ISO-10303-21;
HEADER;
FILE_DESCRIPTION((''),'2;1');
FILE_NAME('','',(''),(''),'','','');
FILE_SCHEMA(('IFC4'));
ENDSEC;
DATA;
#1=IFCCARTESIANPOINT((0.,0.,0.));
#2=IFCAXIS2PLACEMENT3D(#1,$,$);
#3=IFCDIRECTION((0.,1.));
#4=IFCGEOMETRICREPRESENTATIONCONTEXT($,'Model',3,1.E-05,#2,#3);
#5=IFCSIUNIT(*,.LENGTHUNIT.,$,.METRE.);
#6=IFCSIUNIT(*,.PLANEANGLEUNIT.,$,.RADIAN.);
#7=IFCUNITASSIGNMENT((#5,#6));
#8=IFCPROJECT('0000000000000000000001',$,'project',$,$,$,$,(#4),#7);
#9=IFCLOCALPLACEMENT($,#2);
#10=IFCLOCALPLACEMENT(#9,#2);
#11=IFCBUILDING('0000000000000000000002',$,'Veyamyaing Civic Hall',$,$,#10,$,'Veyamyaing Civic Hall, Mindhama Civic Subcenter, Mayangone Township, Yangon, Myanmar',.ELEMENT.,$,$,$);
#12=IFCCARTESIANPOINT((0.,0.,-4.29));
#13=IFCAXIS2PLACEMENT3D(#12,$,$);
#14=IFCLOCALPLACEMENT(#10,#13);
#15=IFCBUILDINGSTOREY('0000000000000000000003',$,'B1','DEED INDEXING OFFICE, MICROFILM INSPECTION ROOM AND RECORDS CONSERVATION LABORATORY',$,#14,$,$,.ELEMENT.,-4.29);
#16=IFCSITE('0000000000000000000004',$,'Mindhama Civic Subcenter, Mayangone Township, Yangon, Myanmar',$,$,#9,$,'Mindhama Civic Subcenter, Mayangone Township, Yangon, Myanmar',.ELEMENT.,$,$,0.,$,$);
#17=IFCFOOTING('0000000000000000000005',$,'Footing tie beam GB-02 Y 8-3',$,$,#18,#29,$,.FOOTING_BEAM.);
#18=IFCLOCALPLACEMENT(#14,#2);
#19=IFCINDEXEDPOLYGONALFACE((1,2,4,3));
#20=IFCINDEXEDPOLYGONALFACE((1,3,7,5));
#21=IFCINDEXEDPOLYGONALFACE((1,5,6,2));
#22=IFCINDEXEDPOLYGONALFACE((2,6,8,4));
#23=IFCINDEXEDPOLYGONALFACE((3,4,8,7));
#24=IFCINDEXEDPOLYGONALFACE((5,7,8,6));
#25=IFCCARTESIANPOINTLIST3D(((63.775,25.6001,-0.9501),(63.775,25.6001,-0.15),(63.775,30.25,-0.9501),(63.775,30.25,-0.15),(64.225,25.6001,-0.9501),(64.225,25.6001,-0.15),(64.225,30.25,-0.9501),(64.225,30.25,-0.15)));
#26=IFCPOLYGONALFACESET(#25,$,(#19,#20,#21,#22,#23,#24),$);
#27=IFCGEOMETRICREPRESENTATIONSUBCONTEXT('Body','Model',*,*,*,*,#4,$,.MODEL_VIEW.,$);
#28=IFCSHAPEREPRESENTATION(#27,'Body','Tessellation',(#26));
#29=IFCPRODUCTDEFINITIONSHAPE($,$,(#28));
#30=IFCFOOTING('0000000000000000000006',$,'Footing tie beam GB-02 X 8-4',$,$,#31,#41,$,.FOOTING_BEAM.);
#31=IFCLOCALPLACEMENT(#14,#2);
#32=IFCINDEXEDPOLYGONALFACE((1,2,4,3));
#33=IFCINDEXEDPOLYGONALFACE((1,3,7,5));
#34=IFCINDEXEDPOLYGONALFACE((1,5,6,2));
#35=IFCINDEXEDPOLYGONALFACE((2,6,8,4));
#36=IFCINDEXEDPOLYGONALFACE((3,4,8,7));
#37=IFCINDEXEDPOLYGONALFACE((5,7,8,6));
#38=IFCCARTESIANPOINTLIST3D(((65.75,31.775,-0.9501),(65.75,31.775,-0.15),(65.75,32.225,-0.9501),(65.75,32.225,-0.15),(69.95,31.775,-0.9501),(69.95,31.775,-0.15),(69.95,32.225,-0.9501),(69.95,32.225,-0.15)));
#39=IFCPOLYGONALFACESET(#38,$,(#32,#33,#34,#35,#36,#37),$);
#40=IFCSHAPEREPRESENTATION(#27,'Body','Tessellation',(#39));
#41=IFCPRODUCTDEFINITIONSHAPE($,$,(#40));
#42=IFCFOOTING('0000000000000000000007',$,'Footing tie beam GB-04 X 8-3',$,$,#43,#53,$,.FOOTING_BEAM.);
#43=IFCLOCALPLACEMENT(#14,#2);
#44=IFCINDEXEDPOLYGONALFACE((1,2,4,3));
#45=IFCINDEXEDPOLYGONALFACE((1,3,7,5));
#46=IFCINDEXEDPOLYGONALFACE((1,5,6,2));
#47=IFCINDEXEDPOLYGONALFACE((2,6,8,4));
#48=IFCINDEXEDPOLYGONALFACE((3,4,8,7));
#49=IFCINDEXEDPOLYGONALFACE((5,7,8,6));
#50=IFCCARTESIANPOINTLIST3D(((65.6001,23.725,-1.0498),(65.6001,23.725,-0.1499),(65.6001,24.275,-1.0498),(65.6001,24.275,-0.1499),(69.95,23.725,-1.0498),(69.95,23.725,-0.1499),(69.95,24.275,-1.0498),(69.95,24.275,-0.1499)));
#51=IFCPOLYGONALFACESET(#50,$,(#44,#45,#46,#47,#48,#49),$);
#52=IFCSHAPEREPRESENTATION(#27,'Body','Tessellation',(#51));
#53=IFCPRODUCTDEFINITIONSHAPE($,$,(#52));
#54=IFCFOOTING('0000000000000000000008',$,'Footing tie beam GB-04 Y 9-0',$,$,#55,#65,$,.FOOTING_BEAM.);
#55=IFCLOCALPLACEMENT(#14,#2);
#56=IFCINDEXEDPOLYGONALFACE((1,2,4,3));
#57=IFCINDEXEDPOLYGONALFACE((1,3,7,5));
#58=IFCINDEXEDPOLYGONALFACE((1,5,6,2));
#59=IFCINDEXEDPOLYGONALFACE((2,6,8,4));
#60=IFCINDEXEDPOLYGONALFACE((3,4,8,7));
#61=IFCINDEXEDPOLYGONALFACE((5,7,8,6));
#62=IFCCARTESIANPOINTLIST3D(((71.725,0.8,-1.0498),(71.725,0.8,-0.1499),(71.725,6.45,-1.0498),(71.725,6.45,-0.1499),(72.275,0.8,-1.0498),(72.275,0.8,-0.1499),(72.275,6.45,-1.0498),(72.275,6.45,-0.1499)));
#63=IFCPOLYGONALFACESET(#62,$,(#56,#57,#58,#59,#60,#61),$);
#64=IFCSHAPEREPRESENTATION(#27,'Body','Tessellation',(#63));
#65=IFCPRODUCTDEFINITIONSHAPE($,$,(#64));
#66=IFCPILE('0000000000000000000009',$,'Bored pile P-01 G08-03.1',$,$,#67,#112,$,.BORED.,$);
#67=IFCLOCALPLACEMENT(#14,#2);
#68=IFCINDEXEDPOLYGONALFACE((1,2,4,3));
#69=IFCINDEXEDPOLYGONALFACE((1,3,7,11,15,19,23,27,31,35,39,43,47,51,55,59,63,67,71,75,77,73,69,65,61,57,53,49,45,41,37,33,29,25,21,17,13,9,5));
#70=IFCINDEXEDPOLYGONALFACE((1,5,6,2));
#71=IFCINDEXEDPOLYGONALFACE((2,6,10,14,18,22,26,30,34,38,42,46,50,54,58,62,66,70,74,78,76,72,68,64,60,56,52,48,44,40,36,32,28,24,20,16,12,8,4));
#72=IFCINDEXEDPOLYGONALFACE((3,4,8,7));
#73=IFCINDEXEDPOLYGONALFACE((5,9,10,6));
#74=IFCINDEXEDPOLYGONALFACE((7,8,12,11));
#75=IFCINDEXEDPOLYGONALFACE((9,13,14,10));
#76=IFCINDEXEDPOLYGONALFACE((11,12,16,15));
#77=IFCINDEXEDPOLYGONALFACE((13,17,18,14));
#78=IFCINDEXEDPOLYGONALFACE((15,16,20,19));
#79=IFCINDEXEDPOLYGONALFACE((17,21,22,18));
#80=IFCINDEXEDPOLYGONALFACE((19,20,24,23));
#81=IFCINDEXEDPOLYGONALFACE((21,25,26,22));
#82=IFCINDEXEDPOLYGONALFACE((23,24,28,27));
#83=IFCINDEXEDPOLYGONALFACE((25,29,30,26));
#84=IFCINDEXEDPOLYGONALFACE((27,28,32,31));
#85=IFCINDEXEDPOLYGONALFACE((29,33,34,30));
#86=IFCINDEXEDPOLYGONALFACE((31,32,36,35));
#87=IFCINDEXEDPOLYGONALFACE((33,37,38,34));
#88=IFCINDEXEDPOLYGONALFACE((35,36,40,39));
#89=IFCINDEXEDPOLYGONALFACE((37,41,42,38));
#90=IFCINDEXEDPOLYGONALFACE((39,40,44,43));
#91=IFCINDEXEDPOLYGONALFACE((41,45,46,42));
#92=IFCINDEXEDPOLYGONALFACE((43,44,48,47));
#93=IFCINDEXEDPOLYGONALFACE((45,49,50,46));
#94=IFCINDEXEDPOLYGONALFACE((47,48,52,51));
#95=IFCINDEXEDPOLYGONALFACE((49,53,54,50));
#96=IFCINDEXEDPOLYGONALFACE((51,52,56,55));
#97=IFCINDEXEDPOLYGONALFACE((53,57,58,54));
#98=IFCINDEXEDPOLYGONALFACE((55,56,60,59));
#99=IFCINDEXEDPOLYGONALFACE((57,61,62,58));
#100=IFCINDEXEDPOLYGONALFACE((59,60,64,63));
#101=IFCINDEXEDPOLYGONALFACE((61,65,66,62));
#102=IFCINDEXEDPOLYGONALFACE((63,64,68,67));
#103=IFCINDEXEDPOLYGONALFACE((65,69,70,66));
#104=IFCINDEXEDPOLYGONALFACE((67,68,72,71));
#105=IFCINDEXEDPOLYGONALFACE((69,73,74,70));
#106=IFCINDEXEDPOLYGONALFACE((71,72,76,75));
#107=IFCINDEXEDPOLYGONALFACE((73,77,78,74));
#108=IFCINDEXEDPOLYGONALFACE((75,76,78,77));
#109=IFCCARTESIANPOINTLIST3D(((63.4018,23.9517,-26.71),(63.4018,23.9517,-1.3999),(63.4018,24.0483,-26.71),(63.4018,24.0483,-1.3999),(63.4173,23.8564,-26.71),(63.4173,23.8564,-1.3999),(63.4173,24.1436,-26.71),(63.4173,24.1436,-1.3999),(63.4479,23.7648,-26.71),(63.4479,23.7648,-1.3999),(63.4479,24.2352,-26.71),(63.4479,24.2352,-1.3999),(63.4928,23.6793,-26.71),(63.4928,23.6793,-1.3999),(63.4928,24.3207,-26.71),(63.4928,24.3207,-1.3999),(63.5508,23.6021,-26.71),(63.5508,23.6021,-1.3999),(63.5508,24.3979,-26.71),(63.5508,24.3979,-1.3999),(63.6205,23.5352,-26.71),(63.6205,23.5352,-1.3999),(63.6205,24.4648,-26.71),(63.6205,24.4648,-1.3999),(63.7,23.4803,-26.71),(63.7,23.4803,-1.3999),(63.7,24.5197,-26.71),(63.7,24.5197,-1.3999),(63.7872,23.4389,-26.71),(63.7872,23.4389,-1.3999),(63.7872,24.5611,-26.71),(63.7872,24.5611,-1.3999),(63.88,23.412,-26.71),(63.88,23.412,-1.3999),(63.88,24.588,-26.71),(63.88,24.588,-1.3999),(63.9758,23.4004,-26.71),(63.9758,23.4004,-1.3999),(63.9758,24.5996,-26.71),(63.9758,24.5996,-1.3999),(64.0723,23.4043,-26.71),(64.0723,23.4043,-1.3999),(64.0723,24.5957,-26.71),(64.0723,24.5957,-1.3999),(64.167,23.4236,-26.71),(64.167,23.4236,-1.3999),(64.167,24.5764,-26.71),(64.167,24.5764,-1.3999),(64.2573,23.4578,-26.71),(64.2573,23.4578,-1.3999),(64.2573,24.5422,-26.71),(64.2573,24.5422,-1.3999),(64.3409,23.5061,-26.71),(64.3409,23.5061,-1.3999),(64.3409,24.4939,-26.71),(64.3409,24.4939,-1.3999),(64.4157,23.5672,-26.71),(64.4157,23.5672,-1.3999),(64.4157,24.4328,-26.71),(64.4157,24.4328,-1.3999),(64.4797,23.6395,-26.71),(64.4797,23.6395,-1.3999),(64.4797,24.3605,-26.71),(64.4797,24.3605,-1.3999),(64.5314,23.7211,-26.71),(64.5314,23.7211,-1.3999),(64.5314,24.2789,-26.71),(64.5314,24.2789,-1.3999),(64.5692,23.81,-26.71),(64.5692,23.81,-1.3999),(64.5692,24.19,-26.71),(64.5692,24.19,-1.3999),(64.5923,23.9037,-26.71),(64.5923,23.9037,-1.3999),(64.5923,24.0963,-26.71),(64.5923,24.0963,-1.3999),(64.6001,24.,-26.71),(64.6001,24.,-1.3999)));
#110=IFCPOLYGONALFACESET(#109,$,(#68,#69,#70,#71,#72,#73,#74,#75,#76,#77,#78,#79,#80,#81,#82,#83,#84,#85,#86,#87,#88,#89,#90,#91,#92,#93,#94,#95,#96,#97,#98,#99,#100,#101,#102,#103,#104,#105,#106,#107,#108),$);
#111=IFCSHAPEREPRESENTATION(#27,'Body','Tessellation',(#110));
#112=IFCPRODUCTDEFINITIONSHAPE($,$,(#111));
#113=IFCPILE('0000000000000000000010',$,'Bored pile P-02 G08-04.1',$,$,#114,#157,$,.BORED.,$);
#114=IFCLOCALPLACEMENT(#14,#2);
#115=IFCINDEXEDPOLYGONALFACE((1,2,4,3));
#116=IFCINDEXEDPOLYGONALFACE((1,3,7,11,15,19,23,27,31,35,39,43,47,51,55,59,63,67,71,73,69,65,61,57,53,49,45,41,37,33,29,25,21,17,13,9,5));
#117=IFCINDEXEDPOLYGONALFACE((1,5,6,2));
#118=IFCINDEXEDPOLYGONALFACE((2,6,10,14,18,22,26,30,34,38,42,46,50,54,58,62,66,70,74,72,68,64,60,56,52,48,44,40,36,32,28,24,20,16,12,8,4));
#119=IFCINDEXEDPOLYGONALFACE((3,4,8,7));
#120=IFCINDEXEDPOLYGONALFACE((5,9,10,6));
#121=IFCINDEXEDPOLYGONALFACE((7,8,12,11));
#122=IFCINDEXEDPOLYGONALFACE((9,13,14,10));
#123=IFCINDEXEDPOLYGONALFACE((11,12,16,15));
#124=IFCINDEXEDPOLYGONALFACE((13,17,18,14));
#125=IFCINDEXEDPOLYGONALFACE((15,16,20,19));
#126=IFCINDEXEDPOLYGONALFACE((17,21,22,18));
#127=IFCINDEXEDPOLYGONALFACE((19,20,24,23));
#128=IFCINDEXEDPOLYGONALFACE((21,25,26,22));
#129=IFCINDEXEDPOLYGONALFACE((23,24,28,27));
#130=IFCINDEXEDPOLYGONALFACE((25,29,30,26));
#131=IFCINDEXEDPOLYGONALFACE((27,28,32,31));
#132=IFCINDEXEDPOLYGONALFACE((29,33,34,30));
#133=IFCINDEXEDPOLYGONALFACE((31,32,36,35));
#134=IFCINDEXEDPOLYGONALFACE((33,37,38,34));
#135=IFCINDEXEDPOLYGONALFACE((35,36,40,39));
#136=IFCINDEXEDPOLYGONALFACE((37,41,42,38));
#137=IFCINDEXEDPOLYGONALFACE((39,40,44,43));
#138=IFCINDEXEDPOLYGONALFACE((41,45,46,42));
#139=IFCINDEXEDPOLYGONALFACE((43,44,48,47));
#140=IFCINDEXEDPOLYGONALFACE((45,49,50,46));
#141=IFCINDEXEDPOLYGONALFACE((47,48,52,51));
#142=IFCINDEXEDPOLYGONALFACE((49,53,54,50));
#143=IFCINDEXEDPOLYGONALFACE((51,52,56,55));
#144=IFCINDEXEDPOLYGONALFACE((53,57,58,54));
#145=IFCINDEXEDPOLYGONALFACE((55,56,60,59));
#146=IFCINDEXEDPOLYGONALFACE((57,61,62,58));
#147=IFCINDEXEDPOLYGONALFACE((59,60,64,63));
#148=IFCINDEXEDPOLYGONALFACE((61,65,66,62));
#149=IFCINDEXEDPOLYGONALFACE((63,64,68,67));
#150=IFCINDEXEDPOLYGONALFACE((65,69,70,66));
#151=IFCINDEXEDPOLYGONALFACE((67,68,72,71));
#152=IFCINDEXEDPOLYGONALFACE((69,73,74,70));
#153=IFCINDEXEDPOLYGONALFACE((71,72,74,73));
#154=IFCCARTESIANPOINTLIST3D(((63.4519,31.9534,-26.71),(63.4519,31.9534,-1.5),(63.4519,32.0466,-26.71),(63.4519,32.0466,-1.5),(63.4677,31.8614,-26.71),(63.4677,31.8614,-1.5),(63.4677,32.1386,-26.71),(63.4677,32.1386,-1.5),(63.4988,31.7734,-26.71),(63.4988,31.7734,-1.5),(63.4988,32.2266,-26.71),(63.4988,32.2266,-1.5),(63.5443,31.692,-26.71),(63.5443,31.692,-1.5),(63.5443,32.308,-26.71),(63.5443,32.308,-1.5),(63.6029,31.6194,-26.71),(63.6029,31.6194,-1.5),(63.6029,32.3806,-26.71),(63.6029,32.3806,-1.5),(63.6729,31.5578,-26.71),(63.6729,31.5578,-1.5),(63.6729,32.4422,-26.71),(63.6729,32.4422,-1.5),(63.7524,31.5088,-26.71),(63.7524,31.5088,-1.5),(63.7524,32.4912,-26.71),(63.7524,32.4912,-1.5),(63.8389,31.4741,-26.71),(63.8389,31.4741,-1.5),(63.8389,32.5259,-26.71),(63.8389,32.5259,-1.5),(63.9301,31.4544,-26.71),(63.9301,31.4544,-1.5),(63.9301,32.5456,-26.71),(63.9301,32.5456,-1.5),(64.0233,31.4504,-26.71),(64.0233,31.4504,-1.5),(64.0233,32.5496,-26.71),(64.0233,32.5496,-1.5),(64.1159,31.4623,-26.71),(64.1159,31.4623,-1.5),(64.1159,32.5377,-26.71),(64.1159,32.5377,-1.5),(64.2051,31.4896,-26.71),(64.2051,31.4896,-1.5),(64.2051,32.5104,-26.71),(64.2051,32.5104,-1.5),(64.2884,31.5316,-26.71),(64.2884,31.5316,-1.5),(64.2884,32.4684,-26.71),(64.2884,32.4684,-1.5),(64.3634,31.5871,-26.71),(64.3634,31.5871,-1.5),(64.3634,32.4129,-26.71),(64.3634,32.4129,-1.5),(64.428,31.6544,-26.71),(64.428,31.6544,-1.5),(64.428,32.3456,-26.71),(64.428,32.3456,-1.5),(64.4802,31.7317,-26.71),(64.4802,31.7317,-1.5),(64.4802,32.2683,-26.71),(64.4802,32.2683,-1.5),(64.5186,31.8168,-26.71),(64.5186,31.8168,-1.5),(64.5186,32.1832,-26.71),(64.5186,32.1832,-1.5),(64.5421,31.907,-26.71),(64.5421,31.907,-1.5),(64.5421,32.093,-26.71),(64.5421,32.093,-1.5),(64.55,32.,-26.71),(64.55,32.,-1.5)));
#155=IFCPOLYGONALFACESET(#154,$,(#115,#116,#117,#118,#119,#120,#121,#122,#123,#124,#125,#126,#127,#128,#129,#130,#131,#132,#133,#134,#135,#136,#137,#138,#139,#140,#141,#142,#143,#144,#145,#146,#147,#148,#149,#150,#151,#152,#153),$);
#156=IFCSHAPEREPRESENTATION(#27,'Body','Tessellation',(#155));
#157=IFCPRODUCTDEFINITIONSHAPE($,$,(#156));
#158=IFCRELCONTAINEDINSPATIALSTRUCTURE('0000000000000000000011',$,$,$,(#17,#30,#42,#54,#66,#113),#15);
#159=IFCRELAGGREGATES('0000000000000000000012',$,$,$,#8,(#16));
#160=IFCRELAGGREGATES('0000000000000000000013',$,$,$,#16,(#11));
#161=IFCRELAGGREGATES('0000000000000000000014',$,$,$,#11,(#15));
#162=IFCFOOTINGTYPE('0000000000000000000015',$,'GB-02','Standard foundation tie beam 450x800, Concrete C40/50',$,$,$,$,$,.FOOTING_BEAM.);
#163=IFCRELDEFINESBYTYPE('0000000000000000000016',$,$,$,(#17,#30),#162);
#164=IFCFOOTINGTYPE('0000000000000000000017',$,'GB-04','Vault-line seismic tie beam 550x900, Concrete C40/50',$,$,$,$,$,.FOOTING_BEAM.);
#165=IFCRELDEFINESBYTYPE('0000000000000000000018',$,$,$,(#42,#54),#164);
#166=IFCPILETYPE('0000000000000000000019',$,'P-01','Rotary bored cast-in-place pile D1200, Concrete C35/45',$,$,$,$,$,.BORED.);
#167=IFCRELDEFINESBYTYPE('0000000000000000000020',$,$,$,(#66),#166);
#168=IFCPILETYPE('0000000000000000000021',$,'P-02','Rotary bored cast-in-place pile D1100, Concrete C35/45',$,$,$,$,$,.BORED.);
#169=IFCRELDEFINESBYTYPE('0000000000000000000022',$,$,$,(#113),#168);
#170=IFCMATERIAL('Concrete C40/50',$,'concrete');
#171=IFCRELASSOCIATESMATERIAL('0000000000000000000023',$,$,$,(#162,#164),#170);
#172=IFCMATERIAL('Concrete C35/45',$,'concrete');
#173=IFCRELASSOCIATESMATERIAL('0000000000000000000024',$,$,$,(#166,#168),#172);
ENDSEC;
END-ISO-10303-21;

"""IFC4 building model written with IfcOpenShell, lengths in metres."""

from ifc_helpers import new_model, si_unit, direction, frame, origin, origin_2d, place, context, subcontext, project, spatial, rectangle, circle, extrude, material, material_profile, profile_set, type_object, element, save


model = new_model("IFC4")

# Units and contexts
model_context = context("Model", 3, precision=1e-05, world=origin(), true_north=direction((0.0, 1.0)))
body_context = subcontext(model_context, "Body", "Model", "MODEL_VIEW")
ifc_project = project(units=[si_unit("LENGTHUNIT", "METRE"), si_unit("PLANEANGLEUNIT", "RADIAN")], contexts=[model_context])

# Site, building, storey
site_placement = place(None, origin())
site = spatial("IfcSite", under=ifc_project, at=site_placement, Name="Mindhama Civic Subcenter, Mayangone Township, Yangon, Myanmar", LongName="Mindhama Civic Subcenter, Mayangone Township, Yangon, Myanmar", CompositionType="ELEMENT", RefElevation=0.0)
building_placement = place(site_placement, origin())
building = spatial("IfcBuilding", under=site, at=building_placement, Name="Veyamyaing Civic Hall", LongName="Veyamyaing Civic Hall, Mindhama Civic Subcenter, Mayangone Township, Yangon, Myanmar", CompositionType="ELEMENT")
storey_placement = place(building_placement, frame((0.0, 0.0, -4.29)))
storey = spatial("IfcBuildingStorey", under=building, at=storey_placement, Name="B1", Description="DEED INDEXING OFFICE, MICROFILM INSPECTION ROOM AND RECORDS CONSERVATION LABORATORY", CompositionType="ELEMENT", Elevation=-4.29)

# Footings
ifc_material_1 = material(Name="Concrete C40/50", Category="concrete")
ifc_material_profile_1 = material_profile(ifc_material_1, rectangle(XDim=0.45, YDim=0.8, at=origin_2d()), Name="GB-450X800")
ifc_profile_set_1 = profile_set([ifc_material_profile_1], Name="Concrete C40/50")
footing_type_1 = type_object("IfcFootingType", Name="GB-02", Description="Standard foundation tie beam 450x800, Concrete C40/50", PredefinedType="FOOTING_BEAM", material=ifc_profile_set_1)
footing_1_placement = place(storey_placement, frame((64.0, 25.6001, -0.55), z_axis=(0.0, 1.0, 0.0), x_axis=(-1.0, 0.0, 0.0)))
element("IfcFooting", 1, at=footing_1_placement, inside=storey, type_object=footing_type_1, Name="Footing tie beam GB-02 Y 8-3", PredefinedType="FOOTING_BEAM", context=body_context, shape_type="SweptSolid", body=[
    extrude(rectangle(XDim=0.45, YDim=0.8, at=origin_2d()), origin(), (0.0, 0.0, 1.0), 4.6499),
])
footing_2_placement = place(storey_placement, frame((65.75, 32.0, -0.55), z_axis=(1.0, 0.0, 0.0), x_axis=(0.0, 1.0, 0.0)))
element("IfcFooting", 2, at=footing_2_placement, inside=storey, type_object=footing_type_1, Name="Footing tie beam GB-02 X 8-4", PredefinedType="FOOTING_BEAM", context=body_context, shape_type="SweptSolid", body=[
    extrude(rectangle(XDim=0.45, YDim=0.8, at=origin_2d()), origin(), (0.0, 0.0, 1.0), 4.2),
])
ifc_material_profile_2 = material_profile(ifc_material_1, rectangle(XDim=0.55, YDim=0.8999, at=origin_2d()), Name="GB-550X900")
ifc_profile_set_2 = profile_set([ifc_material_profile_2], Name="Concrete C40/50")
footing_type_2 = type_object("IfcFootingType", Name="GB-04", Description="Vault-line seismic tie beam 550x900, Concrete C40/50", PredefinedType="FOOTING_BEAM", material=ifc_profile_set_2)
footing_3_placement = place(storey_placement, frame((65.6001, 24.0, -0.5999), z_axis=(1.0, 0.0, 0.0), x_axis=(0.0, 1.0, 0.0)))
element("IfcFooting", 3, at=footing_3_placement, inside=storey, type_object=footing_type_2, Name="Footing tie beam GB-04 X 8-3", PredefinedType="FOOTING_BEAM", context=body_context, shape_type="SweptSolid", body=[
    extrude(rectangle(XDim=0.55, YDim=0.8999, at=origin_2d()), origin(), (0.0, 0.0, 1.0), 4.3499),
])
footing_4_placement = place(storey_placement, frame((72.0, 0.8, -0.5999), z_axis=(0.0, 1.0, 0.0), x_axis=(-1.0, 0.0, 0.0)))
element("IfcFooting", 4, at=footing_4_placement, inside=storey, type_object=footing_type_2, Name="Footing tie beam GB-04 Y 9-0", PredefinedType="FOOTING_BEAM", context=body_context, shape_type="SweptSolid", body=[
    extrude(rectangle(XDim=0.55, YDim=0.8999, at=origin_2d()), origin(), (0.0, 0.0, 1.0), 5.6499),
])

# Piles
ifc_material_2 = material(Name="Concrete C35/45", Category="concrete")
ifc_material_profile_3 = material_profile(ifc_material_2, circle(Radius=0.6001, at=origin_2d()), Name="PILE-D1200")
ifc_profile_set_3 = profile_set([ifc_material_profile_3], Name="Concrete C35/45")
pile_type_1 = type_object("IfcPileType", Name="P-01", Description="Rotary bored cast-in-place pile D1200, Concrete C35/45", PredefinedType="BORED", material=ifc_profile_set_3)
pile_1_placement = place(storey_placement, frame((64.0, 24.0, -1.3999), z_axis=(0.0, 0.0, -1.0), x_axis=(1.0, 0.0, 0.0)))
element("IfcPile", 5, at=pile_1_placement, inside=storey, type_object=pile_type_1, Name="Bored pile P-01 G08-03.1", PredefinedType="BORED", context=body_context, shape_type="SweptSolid", body=[
    extrude(circle(Radius=0.6001, at=origin_2d()), origin(), (0.0, 0.0, 1.0), 25.3101),
])
ifc_material_profile_4 = material_profile(ifc_material_2, circle(Radius=0.55, at=origin_2d()), Name="PILE-D1100")
ifc_profile_set_4 = profile_set([ifc_material_profile_4], Name="Concrete C35/45")
pile_type_2 = type_object("IfcPileType", Name="P-02", Description="Rotary bored cast-in-place pile D1100, Concrete C35/45", PredefinedType="BORED", material=ifc_profile_set_4)
pile_2_placement = place(storey_placement, frame((64.0, 32.0, -1.5), z_axis=(0.0, 0.0, -1.0), x_axis=(1.0, 0.0, 0.0)))
element("IfcPile", 6, at=pile_2_placement, inside=storey, type_object=pile_type_2, Name="Bored pile P-02 G08-04.1", PredefinedType="BORED", context=body_context, shape_type="SweptSolid", body=[
    extrude(circle(Radius=0.55, at=origin_2d()), origin(), (0.0, 0.0, 1.0), 25.21),
])

save(model, "model.ifc")
